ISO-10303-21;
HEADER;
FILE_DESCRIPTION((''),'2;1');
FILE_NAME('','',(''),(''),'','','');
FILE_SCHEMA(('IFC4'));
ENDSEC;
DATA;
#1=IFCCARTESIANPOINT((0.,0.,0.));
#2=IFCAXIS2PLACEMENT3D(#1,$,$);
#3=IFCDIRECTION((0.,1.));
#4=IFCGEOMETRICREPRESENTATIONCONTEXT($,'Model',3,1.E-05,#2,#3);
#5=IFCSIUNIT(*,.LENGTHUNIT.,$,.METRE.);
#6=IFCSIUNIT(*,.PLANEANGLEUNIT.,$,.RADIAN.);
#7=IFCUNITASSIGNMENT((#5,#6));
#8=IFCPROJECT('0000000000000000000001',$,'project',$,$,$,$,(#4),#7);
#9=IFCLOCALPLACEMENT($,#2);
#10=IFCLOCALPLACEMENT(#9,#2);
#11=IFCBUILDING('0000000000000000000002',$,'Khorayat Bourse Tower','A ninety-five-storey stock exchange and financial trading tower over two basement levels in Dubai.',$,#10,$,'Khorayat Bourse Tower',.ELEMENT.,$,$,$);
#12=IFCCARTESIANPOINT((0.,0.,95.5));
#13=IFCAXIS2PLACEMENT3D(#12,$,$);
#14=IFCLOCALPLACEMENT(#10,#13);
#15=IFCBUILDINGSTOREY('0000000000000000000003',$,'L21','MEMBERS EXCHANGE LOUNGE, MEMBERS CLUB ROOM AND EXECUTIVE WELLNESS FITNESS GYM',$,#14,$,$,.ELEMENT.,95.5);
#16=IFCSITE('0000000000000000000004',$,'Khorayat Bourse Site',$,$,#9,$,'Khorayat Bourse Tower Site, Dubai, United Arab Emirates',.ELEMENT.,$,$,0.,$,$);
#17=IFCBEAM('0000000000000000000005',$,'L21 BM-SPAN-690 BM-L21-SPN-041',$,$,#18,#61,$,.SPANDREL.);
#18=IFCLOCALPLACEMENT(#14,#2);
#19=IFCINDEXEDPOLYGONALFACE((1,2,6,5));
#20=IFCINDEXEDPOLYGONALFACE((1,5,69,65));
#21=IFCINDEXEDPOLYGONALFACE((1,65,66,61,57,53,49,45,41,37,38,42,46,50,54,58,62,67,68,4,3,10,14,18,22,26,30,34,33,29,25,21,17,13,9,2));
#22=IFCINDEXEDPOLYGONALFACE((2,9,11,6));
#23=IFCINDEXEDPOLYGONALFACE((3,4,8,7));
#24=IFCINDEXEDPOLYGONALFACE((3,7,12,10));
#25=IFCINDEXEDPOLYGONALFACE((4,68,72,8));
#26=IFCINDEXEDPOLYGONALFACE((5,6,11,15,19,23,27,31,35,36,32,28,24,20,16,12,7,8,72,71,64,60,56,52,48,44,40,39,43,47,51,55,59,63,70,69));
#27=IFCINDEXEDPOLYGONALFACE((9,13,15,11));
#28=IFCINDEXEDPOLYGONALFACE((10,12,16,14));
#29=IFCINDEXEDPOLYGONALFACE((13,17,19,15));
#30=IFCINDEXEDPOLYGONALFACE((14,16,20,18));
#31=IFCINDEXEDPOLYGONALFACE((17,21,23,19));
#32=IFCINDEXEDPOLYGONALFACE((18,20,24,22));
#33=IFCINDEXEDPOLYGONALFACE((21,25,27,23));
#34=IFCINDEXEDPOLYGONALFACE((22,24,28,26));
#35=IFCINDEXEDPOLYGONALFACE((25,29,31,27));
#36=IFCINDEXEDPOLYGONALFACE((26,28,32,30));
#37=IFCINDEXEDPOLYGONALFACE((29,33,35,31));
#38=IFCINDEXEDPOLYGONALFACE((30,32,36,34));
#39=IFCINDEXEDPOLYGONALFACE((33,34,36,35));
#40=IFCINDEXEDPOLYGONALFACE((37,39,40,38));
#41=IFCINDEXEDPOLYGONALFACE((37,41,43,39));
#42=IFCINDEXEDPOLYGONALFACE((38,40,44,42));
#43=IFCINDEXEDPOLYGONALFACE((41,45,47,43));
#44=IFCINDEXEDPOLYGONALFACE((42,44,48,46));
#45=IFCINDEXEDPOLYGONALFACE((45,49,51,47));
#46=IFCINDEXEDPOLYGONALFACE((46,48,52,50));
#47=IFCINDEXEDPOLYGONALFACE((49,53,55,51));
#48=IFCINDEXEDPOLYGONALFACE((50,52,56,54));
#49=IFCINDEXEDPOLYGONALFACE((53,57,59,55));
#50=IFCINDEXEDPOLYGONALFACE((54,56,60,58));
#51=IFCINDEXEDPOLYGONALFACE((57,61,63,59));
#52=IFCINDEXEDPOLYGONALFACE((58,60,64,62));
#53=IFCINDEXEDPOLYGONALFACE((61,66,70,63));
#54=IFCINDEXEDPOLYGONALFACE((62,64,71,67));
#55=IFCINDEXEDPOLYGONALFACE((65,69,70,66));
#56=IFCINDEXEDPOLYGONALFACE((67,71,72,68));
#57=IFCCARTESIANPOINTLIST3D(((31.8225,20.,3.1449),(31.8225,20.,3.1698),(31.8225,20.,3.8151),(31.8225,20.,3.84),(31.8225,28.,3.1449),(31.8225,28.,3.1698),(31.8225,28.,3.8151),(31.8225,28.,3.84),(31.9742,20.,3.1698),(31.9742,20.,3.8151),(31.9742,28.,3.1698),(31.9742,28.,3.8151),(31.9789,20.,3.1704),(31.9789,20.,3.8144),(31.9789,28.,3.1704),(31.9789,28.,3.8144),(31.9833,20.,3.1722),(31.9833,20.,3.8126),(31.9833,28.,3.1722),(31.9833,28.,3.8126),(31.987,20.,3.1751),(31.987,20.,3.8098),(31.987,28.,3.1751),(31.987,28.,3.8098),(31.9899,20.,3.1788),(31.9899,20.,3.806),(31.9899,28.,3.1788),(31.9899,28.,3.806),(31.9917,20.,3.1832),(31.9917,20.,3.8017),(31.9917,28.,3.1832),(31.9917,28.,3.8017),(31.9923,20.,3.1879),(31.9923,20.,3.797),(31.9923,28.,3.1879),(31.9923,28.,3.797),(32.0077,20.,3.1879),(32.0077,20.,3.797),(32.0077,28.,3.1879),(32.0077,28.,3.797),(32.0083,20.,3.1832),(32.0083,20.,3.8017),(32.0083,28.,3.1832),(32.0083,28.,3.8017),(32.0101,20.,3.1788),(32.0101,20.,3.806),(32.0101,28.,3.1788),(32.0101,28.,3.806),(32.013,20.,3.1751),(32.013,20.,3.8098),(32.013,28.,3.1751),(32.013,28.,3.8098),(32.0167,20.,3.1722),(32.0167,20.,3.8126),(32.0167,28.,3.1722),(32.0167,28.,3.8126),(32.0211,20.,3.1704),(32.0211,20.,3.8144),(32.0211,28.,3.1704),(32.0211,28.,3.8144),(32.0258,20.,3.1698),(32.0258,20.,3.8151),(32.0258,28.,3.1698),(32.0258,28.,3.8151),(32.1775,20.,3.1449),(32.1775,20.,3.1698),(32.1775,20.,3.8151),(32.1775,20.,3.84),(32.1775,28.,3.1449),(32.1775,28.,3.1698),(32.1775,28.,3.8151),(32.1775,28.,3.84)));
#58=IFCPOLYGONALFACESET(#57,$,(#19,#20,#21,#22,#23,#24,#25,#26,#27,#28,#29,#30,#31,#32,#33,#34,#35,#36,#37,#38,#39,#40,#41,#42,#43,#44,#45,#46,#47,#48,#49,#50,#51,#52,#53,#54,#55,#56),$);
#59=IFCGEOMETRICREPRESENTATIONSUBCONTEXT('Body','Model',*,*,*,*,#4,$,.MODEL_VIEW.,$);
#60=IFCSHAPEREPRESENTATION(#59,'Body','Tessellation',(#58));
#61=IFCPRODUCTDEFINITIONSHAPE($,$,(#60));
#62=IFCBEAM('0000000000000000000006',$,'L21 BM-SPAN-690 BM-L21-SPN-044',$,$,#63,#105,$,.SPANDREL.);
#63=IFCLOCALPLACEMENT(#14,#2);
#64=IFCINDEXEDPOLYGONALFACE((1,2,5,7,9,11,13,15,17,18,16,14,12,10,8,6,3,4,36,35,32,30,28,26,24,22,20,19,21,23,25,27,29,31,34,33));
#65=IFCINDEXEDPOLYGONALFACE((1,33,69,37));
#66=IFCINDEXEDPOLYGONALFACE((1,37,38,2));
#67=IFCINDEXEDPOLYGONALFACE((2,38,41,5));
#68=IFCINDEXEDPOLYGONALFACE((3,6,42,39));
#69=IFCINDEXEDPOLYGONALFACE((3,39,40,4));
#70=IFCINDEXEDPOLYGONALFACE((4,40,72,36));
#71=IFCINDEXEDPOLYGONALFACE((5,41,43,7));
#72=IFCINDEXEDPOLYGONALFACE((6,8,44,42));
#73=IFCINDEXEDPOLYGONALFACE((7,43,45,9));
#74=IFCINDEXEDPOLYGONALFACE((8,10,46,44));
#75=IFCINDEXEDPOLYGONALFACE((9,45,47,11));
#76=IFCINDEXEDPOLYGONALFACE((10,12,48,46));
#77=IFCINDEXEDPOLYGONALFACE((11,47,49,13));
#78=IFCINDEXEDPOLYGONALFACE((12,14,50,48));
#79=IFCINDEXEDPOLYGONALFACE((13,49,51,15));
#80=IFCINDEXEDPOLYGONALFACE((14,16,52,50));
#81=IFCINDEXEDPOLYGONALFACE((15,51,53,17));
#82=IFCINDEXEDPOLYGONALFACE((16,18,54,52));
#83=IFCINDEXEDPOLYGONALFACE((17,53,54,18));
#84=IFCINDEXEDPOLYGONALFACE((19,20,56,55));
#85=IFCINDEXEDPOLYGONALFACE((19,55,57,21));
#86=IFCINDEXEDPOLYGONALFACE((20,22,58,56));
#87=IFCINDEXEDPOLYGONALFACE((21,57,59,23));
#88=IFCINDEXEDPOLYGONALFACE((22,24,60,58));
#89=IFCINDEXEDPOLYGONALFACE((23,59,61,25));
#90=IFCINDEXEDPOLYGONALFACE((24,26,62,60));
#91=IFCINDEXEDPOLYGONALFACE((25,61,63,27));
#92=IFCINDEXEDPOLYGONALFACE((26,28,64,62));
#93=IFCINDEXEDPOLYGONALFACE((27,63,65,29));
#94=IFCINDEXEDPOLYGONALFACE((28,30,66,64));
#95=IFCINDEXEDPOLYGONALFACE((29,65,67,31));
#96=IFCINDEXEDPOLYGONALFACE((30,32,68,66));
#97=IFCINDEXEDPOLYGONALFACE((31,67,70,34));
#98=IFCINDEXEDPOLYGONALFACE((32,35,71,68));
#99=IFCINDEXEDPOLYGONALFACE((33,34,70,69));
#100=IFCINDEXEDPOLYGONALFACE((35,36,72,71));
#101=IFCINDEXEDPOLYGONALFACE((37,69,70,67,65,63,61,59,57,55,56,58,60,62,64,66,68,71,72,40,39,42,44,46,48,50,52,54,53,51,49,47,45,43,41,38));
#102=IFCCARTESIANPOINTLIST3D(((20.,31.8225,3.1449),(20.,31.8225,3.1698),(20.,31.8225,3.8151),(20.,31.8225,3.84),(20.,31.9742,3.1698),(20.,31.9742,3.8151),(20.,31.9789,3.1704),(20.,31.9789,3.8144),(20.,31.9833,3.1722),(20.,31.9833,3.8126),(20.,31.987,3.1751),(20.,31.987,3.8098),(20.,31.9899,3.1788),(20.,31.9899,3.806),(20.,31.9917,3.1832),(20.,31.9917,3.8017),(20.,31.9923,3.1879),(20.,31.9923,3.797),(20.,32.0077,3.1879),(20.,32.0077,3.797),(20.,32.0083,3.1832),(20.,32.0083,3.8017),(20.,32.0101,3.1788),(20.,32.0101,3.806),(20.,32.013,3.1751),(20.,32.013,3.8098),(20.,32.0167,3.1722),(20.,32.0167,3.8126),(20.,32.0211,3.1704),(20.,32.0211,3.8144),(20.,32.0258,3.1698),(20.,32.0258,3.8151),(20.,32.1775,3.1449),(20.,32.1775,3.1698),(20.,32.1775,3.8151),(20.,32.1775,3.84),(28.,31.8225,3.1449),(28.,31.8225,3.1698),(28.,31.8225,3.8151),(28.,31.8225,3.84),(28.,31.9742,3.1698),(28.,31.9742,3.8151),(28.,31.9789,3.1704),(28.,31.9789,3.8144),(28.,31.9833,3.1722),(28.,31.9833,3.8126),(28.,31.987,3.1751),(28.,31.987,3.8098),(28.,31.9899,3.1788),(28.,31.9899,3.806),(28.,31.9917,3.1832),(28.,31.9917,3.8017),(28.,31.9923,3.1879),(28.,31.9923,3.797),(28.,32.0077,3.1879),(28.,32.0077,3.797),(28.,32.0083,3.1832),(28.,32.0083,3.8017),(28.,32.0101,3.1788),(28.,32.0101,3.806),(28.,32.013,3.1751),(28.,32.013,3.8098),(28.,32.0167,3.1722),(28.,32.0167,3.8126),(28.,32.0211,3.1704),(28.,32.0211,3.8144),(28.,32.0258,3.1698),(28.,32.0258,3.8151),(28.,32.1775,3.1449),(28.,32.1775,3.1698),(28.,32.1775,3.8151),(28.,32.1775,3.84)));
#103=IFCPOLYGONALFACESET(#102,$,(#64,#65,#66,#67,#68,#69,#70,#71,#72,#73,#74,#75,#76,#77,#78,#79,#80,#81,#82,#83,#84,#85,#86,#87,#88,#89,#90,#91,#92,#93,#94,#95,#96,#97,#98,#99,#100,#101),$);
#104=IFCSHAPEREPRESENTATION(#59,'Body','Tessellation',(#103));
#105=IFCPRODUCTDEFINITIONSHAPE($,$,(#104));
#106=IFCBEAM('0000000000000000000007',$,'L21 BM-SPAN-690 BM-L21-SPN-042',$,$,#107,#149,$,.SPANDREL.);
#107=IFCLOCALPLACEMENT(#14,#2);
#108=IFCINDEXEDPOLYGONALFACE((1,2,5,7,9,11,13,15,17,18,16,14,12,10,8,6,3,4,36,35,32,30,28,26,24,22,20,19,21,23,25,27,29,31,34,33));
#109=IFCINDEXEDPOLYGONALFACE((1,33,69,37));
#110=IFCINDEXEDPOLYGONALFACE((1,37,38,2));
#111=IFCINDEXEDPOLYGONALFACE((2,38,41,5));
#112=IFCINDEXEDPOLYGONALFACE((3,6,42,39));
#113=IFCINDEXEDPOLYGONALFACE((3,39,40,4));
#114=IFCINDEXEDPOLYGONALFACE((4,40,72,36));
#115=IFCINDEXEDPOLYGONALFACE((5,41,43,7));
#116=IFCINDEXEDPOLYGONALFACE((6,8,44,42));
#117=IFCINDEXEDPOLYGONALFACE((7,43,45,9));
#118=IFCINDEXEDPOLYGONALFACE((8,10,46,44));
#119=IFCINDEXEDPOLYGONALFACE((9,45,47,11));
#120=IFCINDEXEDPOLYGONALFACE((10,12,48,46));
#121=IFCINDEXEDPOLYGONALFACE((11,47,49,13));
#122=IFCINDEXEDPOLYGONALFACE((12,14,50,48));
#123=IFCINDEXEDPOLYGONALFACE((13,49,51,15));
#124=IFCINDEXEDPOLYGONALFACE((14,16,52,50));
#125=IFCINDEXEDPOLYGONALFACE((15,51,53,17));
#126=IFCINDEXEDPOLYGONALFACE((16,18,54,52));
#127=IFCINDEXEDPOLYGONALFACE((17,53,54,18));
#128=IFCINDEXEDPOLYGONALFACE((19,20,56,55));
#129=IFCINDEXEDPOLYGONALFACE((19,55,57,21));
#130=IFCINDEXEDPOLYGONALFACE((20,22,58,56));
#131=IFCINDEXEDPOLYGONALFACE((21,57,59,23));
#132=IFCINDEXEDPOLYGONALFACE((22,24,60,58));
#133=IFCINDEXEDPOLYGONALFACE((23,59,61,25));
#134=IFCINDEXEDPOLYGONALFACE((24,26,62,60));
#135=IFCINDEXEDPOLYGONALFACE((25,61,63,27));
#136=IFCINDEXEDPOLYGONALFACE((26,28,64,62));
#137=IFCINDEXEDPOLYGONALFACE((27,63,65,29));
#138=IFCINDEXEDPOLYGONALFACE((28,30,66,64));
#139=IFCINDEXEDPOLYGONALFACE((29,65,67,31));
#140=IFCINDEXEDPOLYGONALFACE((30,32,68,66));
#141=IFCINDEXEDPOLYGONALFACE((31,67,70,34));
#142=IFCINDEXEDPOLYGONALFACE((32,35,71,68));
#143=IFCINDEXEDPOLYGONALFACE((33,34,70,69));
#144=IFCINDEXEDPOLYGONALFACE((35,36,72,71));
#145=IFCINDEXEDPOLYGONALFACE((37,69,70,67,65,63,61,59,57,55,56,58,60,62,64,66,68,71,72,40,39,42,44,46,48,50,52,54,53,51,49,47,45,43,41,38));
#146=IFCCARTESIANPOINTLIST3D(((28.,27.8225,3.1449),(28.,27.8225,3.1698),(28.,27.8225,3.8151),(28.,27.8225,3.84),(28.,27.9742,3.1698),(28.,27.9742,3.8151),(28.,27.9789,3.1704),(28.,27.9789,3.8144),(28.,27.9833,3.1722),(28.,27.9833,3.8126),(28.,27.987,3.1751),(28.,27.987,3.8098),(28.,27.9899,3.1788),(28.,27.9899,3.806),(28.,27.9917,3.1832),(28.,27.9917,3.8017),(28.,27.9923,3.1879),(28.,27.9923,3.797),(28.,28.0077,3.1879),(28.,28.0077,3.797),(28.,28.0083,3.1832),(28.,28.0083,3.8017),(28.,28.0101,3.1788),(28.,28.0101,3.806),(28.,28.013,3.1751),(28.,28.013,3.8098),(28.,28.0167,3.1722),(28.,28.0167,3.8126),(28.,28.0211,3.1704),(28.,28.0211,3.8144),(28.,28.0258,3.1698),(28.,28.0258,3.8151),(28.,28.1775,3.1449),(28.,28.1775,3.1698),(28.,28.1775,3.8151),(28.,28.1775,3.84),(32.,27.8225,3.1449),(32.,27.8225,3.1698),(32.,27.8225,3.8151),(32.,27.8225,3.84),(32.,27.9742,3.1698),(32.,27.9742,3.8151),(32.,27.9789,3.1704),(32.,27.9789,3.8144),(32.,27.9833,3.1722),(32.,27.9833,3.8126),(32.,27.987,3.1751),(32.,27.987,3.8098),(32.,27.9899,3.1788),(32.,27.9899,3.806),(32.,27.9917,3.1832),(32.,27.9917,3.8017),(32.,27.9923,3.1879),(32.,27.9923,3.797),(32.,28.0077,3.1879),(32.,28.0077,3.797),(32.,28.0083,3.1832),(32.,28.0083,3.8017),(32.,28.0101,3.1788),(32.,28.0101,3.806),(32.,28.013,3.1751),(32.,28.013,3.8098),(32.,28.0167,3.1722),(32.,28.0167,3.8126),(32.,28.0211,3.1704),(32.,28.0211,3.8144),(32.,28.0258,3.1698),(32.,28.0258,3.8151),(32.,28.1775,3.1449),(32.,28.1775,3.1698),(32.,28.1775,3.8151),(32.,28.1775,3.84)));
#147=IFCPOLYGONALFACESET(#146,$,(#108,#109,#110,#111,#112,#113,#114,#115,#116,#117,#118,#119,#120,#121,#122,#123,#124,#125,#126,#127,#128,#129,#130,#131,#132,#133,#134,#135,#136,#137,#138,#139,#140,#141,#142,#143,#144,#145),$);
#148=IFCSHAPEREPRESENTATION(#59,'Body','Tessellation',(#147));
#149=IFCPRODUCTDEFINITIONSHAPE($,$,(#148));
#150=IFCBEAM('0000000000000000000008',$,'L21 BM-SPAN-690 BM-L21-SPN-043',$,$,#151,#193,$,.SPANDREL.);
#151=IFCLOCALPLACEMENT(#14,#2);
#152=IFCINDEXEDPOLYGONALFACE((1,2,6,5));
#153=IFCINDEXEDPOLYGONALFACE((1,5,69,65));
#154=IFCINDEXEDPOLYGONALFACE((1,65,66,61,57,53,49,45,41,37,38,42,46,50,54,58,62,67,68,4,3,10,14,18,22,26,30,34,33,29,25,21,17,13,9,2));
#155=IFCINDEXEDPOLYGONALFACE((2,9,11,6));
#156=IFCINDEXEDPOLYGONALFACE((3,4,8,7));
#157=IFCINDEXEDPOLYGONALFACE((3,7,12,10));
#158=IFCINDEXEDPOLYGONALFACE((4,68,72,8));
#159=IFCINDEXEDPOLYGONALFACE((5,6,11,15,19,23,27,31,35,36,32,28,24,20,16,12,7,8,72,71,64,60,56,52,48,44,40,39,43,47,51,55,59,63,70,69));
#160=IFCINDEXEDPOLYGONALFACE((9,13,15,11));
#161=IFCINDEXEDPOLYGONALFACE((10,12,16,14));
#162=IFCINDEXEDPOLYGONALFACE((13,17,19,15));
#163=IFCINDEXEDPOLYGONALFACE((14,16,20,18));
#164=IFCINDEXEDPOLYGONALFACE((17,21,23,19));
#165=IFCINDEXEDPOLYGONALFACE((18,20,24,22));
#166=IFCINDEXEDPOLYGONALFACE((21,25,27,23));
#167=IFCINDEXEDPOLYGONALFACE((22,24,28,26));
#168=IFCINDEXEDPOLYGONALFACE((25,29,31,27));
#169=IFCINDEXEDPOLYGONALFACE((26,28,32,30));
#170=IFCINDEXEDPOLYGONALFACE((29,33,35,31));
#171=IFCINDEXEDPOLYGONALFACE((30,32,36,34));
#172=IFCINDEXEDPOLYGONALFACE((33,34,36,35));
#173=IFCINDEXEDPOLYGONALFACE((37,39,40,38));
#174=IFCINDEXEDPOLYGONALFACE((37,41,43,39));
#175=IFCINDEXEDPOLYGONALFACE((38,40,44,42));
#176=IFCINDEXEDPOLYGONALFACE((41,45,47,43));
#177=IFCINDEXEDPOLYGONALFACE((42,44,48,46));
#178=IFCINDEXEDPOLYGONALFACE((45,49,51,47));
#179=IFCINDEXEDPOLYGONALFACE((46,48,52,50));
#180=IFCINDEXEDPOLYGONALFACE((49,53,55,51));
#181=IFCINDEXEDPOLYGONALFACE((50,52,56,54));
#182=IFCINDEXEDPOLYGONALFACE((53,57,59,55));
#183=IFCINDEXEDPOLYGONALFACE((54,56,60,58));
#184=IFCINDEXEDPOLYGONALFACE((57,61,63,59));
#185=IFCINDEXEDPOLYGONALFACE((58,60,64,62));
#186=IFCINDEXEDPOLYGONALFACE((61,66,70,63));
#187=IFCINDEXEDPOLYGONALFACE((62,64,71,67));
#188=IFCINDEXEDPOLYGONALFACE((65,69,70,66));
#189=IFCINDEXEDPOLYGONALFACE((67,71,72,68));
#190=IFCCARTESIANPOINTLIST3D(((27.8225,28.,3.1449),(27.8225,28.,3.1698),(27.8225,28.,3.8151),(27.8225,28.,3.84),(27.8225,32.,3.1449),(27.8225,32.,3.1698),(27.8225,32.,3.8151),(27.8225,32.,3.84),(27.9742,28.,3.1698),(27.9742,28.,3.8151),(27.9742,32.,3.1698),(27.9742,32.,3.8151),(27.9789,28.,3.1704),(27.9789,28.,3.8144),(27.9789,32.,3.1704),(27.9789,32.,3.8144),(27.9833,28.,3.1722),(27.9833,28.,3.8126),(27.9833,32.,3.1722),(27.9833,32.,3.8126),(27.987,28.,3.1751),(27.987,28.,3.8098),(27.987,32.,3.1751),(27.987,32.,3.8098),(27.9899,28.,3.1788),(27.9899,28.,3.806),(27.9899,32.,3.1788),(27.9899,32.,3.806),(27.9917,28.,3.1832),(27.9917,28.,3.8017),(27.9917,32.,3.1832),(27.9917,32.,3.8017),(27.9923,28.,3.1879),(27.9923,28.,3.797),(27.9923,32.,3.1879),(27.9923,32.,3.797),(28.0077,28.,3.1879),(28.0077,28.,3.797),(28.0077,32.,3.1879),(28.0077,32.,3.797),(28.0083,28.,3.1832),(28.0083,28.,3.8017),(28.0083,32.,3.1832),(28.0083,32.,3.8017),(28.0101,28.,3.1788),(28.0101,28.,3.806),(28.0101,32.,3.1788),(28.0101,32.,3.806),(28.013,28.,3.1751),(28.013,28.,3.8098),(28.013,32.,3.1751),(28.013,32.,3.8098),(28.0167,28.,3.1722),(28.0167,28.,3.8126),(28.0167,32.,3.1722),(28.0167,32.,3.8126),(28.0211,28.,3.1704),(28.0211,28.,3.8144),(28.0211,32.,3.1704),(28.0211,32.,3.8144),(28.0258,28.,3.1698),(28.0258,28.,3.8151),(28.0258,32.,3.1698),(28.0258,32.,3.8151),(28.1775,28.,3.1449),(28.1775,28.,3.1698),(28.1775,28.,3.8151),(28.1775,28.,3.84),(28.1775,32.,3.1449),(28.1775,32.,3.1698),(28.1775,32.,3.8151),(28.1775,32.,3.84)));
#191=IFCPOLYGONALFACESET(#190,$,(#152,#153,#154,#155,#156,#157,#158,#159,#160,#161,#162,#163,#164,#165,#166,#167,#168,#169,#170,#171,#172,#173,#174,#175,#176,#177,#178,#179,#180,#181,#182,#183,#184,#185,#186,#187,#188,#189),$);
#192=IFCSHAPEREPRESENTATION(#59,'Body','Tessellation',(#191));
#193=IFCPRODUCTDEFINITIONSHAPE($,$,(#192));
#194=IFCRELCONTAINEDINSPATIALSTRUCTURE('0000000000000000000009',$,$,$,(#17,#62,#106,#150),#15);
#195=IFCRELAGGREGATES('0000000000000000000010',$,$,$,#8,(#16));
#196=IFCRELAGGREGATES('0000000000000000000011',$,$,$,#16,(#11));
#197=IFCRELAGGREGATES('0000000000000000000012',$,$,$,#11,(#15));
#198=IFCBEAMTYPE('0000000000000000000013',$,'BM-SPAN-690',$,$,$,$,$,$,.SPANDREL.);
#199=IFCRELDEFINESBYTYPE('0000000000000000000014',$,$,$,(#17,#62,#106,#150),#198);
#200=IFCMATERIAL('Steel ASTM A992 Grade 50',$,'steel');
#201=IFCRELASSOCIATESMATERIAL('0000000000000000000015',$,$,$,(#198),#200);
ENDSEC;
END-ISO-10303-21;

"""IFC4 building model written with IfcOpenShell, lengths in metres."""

from ifc_helpers import new_model, si_unit, direction, frame, origin, origin_2d, place, context, subcontext, project, spatial, i_section, extrude, source, transform, mapped, material, material_profile, profile_set, type_object, element, save


model = new_model("IFC4")

# Units and contexts
model_context = context("Model", 3, precision=1e-05, world=origin(), true_north=direction((0.0, 1.0)))
body_context = subcontext(model_context, "Body", "Model", "MODEL_VIEW")
ifc_project = project(units=[si_unit("LENGTHUNIT", "METRE"), si_unit("PLANEANGLEUNIT", "RADIAN")], contexts=[model_context])

# Site, building, storey
site_placement = place(None, origin())
site = spatial("IfcSite", under=ifc_project, at=site_placement, Name="Khorayat Bourse Site", LongName="Khorayat Bourse Tower Site, Dubai, United Arab Emirates", CompositionType="ELEMENT", RefElevation=0.0)
building_placement = place(site_placement, origin())
building = spatial("IfcBuilding", under=site, at=building_placement, Name="Khorayat Bourse Tower", Description="A ninety-five-storey stock exchange and financial trading tower over two basement levels in Dubai.", LongName="Khorayat Bourse Tower", CompositionType="ELEMENT")
storey_placement = place(building_placement, frame((0.0, 0.0, 95.5)))
storey = spatial("IfcBuildingStorey", under=building, at=storey_placement, Name="L21", Description="MEMBERS EXCHANGE LOUNGE, MEMBERS CLUB ROOM AND EXECUTIVE WELLNESS FITNESS GYM", CompositionType="ELEMENT", Elevation=95.5)

# Beams
ifc_material_1 = material(Name="Steel ASTM A992 Grade 50", Category="steel")
ifc_material_profile_1 = material_profile(ifc_material_1, i_section(OverallWidth=0.355, OverallDepth=0.6951, WebThickness=0.0154, FlangeThickness=0.0249, FilletRadius=0.0181, at=origin_2d()), Name="W690X217")
ifc_profile_set_1 = profile_set([ifc_material_profile_1], Name="Steel ASTM A992 Grade 50")
beam_type_1 = type_object("IfcBeamType", Name="BM-SPAN-690", PredefinedType="SPANDREL", material=ifc_profile_set_1)
shared_shape_1 = source(origin(), body_context, "Body", "SweptSolid", [
    extrude(i_section(OverallWidth=0.355, OverallDepth=0.6951, WebThickness=0.0154, FlangeThickness=0.0249, FilletRadius=0.0181, at=origin_2d()), origin(), (0.0, 0.0, 1.0), 8.0),
])
for number, where, z_axis, x_axis, name in (
    (1, (32.0, 20.0, 3.4924), (0.0, 1.0, 0.0), (-1.0, 0.0, 0.0), "L21 BM-SPAN-690 BM-L21-SPN-041"),
    (2, (20.0, 32.0, 3.4924), (1.0, 0.0, 0.0), (0.0, 1.0, 0.0), "L21 BM-SPAN-690 BM-L21-SPN-044"),
):
    element("IfcBeam", number, at=place(storey_placement, frame(where, z_axis=z_axis, x_axis=x_axis)), inside=storey, type_object=beam_type_1, Name=name, PredefinedType="SPANDREL", context=body_context, shape_type="MappedRepresentation", body=[
        mapped(shared_shape_1, transform((0.0, 0.0, 0.0), scale=1.0)),
    ])
shared_shape_2 = source(origin(), body_context, "Body", "SweptSolid", [
    extrude(i_section(OverallWidth=0.355, OverallDepth=0.6951, WebThickness=0.0154, FlangeThickness=0.0249, FilletRadius=0.0181, at=origin_2d()), origin(), (0.0, 0.0, 1.0), 4.0),
])
for number, where, z_axis, x_axis, name in (
    (3, (28.0, 28.0, 3.4924), (1.0, 0.0, 0.0), (0.0, 1.0, 0.0), "L21 BM-SPAN-690 BM-L21-SPN-042"),
    (4, (28.0, 28.0, 3.4924), (0.0, 1.0, 0.0), (-1.0, 0.0, 0.0), "L21 BM-SPAN-690 BM-L21-SPN-043"),
):
    element("IfcBeam", number, at=place(storey_placement, frame(where, z_axis=z_axis, x_axis=x_axis)), inside=storey, type_object=beam_type_1, Name=name, PredefinedType="SPANDREL", context=body_context, shape_type="MappedRepresentation", body=[
        mapped(shared_shape_2, transform((0.0, 0.0, 0.0), scale=1.0)),
    ])

save(model, "model.ifc")
